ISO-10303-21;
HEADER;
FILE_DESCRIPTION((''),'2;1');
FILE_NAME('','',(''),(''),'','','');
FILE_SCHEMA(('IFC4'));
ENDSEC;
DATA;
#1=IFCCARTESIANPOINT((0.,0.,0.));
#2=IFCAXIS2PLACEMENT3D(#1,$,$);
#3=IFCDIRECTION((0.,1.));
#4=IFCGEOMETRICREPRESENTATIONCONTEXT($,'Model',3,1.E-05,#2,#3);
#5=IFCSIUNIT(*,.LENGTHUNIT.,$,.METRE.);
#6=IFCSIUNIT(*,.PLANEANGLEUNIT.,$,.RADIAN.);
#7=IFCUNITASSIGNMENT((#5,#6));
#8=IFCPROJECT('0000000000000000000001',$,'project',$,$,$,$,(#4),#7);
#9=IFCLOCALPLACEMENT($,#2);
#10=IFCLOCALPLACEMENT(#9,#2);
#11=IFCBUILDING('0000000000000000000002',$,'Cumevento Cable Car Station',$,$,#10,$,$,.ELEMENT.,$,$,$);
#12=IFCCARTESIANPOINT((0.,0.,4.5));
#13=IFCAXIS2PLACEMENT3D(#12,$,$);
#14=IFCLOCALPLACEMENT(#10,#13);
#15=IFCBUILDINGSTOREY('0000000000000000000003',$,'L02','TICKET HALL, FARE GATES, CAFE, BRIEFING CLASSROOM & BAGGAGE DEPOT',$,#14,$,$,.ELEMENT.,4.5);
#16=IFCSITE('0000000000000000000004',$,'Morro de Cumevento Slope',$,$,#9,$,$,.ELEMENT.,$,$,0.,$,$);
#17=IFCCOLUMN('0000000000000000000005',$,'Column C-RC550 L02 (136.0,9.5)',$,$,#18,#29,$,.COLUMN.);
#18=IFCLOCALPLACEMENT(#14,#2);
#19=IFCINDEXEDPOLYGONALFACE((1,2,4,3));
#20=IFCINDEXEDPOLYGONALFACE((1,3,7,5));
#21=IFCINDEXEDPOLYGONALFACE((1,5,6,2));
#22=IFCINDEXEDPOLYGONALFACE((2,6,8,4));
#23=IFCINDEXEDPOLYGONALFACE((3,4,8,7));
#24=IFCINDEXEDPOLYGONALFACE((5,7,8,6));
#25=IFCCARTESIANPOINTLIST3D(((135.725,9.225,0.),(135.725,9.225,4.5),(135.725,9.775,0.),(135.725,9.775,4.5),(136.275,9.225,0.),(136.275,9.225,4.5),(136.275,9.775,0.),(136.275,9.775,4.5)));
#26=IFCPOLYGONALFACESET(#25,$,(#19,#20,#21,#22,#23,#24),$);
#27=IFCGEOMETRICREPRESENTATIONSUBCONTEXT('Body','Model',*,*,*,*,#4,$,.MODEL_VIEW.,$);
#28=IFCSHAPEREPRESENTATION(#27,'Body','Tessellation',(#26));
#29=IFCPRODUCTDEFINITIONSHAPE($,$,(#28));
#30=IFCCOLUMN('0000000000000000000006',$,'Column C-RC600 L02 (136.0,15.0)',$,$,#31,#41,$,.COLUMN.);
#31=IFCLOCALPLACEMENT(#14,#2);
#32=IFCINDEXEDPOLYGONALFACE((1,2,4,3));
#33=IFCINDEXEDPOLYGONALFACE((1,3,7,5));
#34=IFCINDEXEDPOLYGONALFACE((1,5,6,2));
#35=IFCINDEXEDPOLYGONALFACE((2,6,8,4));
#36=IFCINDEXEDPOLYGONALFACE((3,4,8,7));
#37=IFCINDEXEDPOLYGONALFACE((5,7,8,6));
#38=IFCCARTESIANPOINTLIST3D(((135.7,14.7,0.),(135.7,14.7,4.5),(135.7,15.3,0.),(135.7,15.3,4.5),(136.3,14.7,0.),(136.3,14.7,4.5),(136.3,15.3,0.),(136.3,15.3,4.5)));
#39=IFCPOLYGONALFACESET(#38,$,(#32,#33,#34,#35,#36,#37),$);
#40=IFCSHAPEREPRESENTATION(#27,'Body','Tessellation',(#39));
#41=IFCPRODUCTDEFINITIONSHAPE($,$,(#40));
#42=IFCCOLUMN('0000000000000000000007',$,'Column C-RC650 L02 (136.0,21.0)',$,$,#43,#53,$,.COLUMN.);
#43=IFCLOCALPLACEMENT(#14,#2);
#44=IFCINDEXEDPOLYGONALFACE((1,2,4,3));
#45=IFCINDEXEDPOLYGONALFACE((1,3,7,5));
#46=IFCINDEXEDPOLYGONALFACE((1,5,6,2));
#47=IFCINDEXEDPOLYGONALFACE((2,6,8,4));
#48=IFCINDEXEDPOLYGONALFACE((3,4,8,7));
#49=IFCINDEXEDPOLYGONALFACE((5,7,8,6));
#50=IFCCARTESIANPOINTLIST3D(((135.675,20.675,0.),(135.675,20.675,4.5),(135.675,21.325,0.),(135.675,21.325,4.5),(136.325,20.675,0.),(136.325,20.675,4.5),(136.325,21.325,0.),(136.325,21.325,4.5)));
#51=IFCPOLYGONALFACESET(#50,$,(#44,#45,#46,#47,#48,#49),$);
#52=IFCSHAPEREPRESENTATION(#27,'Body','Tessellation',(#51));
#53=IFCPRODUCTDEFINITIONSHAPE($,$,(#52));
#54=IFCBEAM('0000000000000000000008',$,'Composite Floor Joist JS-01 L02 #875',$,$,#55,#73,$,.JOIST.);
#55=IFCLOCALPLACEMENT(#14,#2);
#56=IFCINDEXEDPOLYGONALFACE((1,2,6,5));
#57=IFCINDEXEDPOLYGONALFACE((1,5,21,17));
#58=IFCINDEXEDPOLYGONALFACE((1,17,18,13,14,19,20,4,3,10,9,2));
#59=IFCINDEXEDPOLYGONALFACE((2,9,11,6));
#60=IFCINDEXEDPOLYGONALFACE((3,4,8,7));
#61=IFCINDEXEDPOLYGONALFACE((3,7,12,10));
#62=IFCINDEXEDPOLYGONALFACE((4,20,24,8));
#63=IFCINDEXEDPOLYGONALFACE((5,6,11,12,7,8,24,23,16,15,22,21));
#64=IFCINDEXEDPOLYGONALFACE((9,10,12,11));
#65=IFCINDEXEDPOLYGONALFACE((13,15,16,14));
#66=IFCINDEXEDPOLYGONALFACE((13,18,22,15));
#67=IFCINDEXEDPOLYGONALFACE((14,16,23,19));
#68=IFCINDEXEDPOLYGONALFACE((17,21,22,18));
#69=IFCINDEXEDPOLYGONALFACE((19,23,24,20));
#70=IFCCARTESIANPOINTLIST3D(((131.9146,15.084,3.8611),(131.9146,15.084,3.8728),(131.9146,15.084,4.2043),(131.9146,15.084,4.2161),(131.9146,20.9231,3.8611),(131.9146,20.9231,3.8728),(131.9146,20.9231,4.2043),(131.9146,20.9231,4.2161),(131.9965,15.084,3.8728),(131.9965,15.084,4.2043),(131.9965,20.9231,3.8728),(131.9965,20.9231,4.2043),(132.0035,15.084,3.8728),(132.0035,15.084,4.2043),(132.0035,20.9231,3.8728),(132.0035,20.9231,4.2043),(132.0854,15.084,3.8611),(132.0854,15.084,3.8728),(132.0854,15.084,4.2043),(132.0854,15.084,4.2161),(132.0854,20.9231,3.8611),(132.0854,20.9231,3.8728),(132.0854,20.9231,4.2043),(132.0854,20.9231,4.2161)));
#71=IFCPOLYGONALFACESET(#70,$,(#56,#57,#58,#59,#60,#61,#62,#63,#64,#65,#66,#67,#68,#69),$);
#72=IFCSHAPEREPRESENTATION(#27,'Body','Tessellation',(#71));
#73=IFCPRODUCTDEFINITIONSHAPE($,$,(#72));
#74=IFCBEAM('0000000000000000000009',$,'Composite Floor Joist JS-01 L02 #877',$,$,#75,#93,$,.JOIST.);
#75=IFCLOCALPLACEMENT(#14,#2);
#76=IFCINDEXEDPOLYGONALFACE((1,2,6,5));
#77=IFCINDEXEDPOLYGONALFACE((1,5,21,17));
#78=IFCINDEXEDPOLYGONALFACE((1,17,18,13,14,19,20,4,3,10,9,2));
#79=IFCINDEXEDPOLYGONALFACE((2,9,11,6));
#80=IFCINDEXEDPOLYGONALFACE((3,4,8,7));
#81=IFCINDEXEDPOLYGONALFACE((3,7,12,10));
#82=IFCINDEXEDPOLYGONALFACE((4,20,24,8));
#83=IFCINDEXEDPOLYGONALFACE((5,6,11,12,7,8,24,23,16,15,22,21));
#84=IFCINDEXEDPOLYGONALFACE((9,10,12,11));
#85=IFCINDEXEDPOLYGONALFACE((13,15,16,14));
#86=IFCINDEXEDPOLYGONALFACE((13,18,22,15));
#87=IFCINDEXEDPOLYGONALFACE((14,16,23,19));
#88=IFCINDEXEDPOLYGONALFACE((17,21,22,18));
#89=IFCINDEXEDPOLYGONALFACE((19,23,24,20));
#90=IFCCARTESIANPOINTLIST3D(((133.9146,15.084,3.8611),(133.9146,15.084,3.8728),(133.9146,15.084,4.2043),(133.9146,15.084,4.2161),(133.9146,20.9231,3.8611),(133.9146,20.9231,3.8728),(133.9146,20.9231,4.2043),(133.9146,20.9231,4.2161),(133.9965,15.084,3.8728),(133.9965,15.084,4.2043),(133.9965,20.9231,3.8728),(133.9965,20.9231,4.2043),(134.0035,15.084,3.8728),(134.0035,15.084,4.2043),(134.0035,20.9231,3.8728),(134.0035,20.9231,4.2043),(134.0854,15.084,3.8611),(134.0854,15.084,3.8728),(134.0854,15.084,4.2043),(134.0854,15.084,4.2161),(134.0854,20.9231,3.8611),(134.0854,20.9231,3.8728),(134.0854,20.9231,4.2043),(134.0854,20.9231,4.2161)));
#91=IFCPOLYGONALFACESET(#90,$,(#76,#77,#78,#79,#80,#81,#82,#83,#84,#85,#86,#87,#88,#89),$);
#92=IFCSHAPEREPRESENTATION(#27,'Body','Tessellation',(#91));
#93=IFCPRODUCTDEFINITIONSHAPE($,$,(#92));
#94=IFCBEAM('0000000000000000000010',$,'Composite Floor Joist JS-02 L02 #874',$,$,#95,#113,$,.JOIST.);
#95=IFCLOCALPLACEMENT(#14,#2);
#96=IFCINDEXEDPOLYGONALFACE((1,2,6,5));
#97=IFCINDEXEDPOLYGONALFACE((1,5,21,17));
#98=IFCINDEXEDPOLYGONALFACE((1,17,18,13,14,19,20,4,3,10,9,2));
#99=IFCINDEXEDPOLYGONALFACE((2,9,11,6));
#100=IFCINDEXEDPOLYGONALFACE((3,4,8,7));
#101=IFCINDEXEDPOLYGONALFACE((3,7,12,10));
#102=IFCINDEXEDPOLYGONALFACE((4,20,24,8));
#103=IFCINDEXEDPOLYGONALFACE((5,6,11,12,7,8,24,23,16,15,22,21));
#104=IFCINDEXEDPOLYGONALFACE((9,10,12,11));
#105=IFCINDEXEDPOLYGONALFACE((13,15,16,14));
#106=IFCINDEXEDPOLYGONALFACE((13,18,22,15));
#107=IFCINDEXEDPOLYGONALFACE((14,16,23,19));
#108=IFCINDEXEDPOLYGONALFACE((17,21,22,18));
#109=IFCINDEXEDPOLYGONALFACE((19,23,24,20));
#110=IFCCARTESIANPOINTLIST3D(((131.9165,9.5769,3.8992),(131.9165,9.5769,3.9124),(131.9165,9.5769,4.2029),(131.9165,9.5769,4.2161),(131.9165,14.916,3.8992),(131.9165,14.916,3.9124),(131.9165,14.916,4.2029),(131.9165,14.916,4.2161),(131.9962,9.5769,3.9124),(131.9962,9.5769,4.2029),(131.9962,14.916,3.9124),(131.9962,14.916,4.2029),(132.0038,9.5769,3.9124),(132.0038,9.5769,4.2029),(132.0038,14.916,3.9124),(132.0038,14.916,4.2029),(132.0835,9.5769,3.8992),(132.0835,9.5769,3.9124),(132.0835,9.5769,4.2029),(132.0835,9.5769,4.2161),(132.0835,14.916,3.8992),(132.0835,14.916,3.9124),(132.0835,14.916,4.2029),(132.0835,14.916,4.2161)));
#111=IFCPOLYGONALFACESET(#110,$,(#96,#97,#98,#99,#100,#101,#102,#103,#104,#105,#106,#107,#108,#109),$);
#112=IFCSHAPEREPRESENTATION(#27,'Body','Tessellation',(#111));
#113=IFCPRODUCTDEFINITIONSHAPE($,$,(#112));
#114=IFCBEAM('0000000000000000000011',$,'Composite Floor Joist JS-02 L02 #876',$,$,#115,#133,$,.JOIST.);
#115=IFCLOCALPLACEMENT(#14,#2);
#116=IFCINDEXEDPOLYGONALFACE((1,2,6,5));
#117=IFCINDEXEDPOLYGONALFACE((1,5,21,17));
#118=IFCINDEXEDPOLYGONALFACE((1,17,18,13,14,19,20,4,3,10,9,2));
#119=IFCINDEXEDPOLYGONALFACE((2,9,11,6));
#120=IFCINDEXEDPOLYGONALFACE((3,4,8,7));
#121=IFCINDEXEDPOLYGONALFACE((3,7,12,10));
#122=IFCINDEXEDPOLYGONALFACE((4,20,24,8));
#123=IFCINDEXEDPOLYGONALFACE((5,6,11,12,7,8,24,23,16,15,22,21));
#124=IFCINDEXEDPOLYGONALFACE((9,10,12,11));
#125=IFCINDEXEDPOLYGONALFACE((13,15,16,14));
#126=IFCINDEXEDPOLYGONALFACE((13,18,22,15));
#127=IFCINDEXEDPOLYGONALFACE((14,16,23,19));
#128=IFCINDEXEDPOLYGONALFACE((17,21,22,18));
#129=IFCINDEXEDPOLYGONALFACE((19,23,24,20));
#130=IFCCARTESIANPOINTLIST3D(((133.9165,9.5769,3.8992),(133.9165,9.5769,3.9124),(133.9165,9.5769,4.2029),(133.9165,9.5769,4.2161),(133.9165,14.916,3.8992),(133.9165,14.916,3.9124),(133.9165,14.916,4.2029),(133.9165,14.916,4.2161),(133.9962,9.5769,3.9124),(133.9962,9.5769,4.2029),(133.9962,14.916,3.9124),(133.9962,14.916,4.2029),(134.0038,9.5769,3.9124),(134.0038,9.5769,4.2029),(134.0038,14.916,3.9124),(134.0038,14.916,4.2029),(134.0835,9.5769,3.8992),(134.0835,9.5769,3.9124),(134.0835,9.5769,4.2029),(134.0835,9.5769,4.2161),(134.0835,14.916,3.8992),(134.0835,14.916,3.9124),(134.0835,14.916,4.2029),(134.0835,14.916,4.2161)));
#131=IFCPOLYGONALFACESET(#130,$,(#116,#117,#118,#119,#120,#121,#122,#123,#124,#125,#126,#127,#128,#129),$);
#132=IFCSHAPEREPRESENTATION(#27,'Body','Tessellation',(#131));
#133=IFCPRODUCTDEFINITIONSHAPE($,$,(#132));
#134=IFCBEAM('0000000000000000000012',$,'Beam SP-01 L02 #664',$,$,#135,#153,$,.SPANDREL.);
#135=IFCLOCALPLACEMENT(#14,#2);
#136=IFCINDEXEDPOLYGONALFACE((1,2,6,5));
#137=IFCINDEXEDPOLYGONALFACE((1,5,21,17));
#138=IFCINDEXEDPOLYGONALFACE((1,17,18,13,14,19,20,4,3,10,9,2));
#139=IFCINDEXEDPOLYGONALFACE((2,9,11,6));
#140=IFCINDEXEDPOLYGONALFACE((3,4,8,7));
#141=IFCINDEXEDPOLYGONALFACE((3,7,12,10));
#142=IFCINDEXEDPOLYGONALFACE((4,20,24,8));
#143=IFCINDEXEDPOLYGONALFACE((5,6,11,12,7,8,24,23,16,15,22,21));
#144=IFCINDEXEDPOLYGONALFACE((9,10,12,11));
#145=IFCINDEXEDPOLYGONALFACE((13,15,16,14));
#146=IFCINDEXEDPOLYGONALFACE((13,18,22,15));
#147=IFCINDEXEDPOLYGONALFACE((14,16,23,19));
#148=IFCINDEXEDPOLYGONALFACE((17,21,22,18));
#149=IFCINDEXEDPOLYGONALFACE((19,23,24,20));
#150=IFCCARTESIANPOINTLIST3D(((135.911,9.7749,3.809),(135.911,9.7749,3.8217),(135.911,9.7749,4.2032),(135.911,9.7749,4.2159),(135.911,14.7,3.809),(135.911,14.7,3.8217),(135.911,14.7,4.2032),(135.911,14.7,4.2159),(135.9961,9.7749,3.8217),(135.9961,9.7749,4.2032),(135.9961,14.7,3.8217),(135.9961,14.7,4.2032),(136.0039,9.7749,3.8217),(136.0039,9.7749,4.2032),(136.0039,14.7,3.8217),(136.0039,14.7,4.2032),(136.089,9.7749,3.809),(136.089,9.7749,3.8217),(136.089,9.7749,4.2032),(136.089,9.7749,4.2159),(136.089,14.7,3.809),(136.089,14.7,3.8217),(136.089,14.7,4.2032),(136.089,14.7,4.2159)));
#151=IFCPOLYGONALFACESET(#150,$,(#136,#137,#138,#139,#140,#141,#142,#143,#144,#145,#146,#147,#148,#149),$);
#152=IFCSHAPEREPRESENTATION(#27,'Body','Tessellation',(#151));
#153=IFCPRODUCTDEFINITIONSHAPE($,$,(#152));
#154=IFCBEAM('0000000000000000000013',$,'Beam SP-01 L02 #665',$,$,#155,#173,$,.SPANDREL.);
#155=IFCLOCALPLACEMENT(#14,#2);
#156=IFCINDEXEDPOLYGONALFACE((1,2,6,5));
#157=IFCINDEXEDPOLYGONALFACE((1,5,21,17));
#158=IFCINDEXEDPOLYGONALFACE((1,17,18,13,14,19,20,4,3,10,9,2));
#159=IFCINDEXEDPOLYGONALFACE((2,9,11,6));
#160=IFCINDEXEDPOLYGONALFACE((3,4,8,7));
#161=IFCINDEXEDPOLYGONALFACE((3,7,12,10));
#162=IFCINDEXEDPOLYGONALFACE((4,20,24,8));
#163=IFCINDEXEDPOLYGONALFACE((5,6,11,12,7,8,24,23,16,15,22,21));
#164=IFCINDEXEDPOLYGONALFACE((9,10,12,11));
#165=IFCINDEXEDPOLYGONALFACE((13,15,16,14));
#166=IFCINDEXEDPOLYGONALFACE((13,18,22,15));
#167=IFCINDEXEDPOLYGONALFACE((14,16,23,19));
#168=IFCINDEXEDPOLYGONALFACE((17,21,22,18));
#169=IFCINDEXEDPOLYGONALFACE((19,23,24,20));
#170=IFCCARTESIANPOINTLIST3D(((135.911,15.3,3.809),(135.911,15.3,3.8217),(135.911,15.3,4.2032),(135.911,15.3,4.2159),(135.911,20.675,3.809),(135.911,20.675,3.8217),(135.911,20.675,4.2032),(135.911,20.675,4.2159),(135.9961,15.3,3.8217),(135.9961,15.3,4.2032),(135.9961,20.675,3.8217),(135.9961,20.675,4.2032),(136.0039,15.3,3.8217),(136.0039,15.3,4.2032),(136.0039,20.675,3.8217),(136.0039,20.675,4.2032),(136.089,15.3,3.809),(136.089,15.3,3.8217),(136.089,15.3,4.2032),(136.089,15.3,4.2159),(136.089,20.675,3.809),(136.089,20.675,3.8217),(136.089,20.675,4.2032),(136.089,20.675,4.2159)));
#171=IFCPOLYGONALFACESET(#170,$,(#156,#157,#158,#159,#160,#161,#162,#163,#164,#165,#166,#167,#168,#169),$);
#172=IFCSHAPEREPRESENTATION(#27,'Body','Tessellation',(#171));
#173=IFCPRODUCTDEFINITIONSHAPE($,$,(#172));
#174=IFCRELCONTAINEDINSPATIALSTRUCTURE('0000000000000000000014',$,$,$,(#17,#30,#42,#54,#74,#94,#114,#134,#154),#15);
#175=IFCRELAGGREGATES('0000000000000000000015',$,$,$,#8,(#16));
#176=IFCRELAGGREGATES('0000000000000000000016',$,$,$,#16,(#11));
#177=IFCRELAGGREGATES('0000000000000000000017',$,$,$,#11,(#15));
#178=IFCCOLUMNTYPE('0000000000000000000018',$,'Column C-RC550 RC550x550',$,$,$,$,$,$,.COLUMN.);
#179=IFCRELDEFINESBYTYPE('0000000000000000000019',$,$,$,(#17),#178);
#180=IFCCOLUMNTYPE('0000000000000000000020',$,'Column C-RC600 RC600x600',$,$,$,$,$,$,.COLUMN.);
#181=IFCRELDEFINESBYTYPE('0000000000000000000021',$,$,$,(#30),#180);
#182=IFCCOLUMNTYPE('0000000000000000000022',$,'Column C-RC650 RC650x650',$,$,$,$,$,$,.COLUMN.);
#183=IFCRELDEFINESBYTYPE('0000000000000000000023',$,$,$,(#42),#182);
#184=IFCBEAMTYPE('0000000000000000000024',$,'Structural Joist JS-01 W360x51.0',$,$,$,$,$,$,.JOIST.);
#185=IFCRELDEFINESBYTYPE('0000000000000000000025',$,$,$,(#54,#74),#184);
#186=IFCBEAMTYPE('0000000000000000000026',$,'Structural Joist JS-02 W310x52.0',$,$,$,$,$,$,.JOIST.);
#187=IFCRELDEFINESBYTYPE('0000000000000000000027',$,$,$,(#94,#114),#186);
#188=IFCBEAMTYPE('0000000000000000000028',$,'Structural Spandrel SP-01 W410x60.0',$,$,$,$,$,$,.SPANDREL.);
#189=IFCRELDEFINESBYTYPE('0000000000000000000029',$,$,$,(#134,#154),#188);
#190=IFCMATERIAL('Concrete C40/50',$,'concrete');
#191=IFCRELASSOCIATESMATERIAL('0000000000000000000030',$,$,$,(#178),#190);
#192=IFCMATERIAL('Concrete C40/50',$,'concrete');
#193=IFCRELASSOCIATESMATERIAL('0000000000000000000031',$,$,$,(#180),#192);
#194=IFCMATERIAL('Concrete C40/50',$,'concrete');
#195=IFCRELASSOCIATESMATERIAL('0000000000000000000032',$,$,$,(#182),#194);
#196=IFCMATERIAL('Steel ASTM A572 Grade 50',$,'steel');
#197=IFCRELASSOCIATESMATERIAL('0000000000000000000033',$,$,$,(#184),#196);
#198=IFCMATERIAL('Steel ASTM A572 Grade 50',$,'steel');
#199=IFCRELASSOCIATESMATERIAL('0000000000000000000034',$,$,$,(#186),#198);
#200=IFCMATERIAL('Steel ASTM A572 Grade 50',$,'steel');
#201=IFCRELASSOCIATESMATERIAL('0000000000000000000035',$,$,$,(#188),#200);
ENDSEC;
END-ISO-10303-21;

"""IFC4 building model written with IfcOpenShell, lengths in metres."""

from ifc_helpers import new_model, si_unit, direction, frame, origin, origin_2d, place, context, subcontext, project, spatial, rectangle, i_section, extrude, material, material_profile, profile_set, type_object, element, save


model = new_model("IFC4")

# Units and contexts
model_context = context("Model", 3, precision=1e-05, world=origin(), true_north=direction((0.0, 1.0)))
body_context = subcontext(model_context, "Body", "Model", "MODEL_VIEW")
ifc_project = project(units=[si_unit("LENGTHUNIT", "METRE"), si_unit("PLANEANGLEUNIT", "RADIAN")], contexts=[model_context])

# Site, building, storey
site_placement = place(None, origin())
site = spatial("IfcSite", under=ifc_project, at=site_placement, Name="Morro de Cumevento Slope", CompositionType="ELEMENT", RefElevation=0.0)
building_placement = place(site_placement, origin())
building = spatial("IfcBuilding", under=site, at=building_placement, Name="Cumevento Cable Car Station", CompositionType="ELEMENT")
storey_placement = place(building_placement, frame((0.0, 0.0, 4.5)))
storey = spatial("IfcBuildingStorey", under=building, at=storey_placement, Name="L02", Description="TICKET HALL, FARE GATES, CAFE, BRIEFING CLASSROOM & BAGGAGE DEPOT", CompositionType="ELEMENT", Elevation=4.5)

# Columns
ifc_material_1 = material(Name="Concrete C40/50", Category="concrete")
ifc_material_profile_1 = material_profile(ifc_material_1, rectangle(XDim=0.55, YDim=0.55, at=origin_2d()), Name="RC550x550")
ifc_profile_set_1 = profile_set([ifc_material_profile_1], Name="Concrete C40/50")
column_type_1 = type_object("IfcColumnType", Name="Column C-RC550 RC550x550", PredefinedType="COLUMN", material=ifc_profile_set_1)
column_1_placement = place(storey_placement, frame((136.0, 9.5, 0.0), z_axis=(0.0, 0.0, 1.0), x_axis=(1.0, 0.0, 0.0)))
element("IfcColumn", 1, at=column_1_placement, inside=storey, type_object=column_type_1, Name="Column C-RC550 L02 (136.0,9.5)", PredefinedType="COLUMN", context=body_context, shape_type="SweptSolid", body=[
    extrude(rectangle(XDim=0.55, YDim=0.55, at=origin_2d()), origin(), (0.0, 0.0, 1.0), 4.5),
])
ifc_material_2 = material(Name="Concrete C40/50", Category="concrete")
ifc_material_profile_2 = material_profile(ifc_material_2, rectangle(XDim=0.6001, YDim=0.6001, at=origin_2d()), Name="RC600x600")
ifc_profile_set_2 = profile_set([ifc_material_profile_2], Name="Concrete C40/50")
column_type_2 = type_object("IfcColumnType", Name="Column C-RC600 RC600x600", PredefinedType="COLUMN", material=ifc_profile_set_2)
column_2_placement = place(storey_placement, frame((136.0, 15.0, 0.0), z_axis=(0.0, 0.0, 1.0), x_axis=(1.0, 0.0, 0.0)))
element("IfcColumn", 2, at=column_2_placement, inside=storey, type_object=column_type_2, Name="Column C-RC600 L02 (136.0,15.0)", PredefinedType="COLUMN", context=body_context, shape_type="SweptSolid", body=[
    extrude(rectangle(XDim=0.6001, YDim=0.6001, at=origin_2d()), origin(), (0.0, 0.0, 1.0), 4.5),
])
ifc_material_3 = material(Name="Concrete C40/50", Category="concrete")
ifc_material_profile_3 = material_profile(ifc_material_3, rectangle(XDim=0.6499, YDim=0.6499, at=origin_2d()), Name="RC650x650")
ifc_profile_set_3 = profile_set([ifc_material_profile_3], Name="Concrete C40/50")
column_type_3 = type_object("IfcColumnType", Name="Column C-RC650 RC650x650", PredefinedType="COLUMN", material=ifc_profile_set_3)
column_3_placement = place(storey_placement, frame((136.0, 21.0, 0.0), z_axis=(0.0, 0.0, 1.0), x_axis=(1.0, 0.0, 0.0)))
element("IfcColumn", 3, at=column_3_placement, inside=storey, type_object=column_type_3, Name="Column C-RC650 L02 (136.0,21.0)", PredefinedType="COLUMN", context=body_context, shape_type="SweptSolid", body=[
    extrude(rectangle(XDim=0.6499, YDim=0.6499, at=origin_2d()), origin(), (0.0, 0.0, 1.0), 4.5),
])

# Beams
ifc_material_4 = material(Name="Steel ASTM A572 Grade 50", Category="steel")
ifc_material_profile_4 = material_profile(ifc_material_4, i_section(OverallWidth=0.1709, OverallDepth=0.355, WebThickness=0.0071, FlangeThickness=0.0117, at=origin_2d()), Name="W360x51.0")
ifc_profile_set_4 = profile_set([ifc_material_profile_4], Name="Steel ASTM A572 Grade 50")
beam_type_1 = type_object("IfcBeamType", Name="Structural Joist JS-01 W360x51.0", PredefinedType="JOIST", material=ifc_profile_set_4)
for number, where, z_axis, x_axis, name in (
    (4, (132.0, 15.084, 4.0386), (0.0, 1.0, 0.0), (-1.0, 0.0, 0.0), "Composite Floor Joist JS-01 L02 #875"),
    (5, (134.0, 15.084, 4.0386), (0.0, 1.0, 0.0), (-1.0, 0.0, 0.0), "Composite Floor Joist JS-01 L02 #877"),
):
    element("IfcBeam", number, at=place(storey_placement, frame(where, z_axis=z_axis, x_axis=x_axis)), inside=storey, type_object=beam_type_1, Name=name, PredefinedType="JOIST", context=body_context, shape_type="SweptSolid", body=[
        extrude(i_section(OverallWidth=0.1709, OverallDepth=0.355, WebThickness=0.0071, FlangeThickness=0.0117, at=origin_2d()), origin(), (0.0, 0.0, 1.0), 5.8391),
    ])
ifc_material_5 = material(Name="Steel ASTM A572 Grade 50", Category="steel")
ifc_material_profile_5 = material_profile(ifc_material_5, i_section(OverallWidth=0.167, OverallDepth=0.3169, WebThickness=0.0076, FlangeThickness=0.0132, at=origin_2d()), Name="W310x52.0")
ifc_profile_set_5 = profile_set([ifc_material_profile_5], Name="Steel ASTM A572 Grade 50")
beam_type_2 = type_object("IfcBeamType", Name="Structural Joist JS-02 W310x52.0", PredefinedType="JOIST", material=ifc_profile_set_5)
for number, where, z_axis, x_axis, name in (
    (6, (132.0, 9.5769, 4.0576), (0.0, 1.0, 0.0), (-1.0, 0.0, 0.0), "Composite Floor Joist JS-02 L02 #874"),
    (7, (134.0, 9.5769, 4.0576), (0.0, 1.0, 0.0), (-1.0, 0.0, 0.0), "Composite Floor Joist JS-02 L02 #876"),
):
    element("IfcBeam", number, at=place(storey_placement, frame(where, z_axis=z_axis, x_axis=x_axis)), inside=storey, type_object=beam_type_2, Name=name, PredefinedType="JOIST", context=body_context, shape_type="SweptSolid", body=[
        extrude(i_section(OverallWidth=0.167, OverallDepth=0.3169, WebThickness=0.0076, FlangeThickness=0.0132, at=origin_2d()), origin(), (0.0, 0.0, 1.0), 5.3391),
    ])
ifc_material_6 = material(Name="Steel ASTM A572 Grade 50", Category="steel")
ifc_material_profile_6 = material_profile(ifc_material_6, i_section(OverallWidth=0.178, OverallDepth=0.407, WebThickness=0.0078, FlangeThickness=0.0127, at=origin_2d()), Name="W410x60.0")
ifc_profile_set_6 = profile_set([ifc_material_profile_6], Name="Steel ASTM A572 Grade 50")
beam_type_3 = type_object("IfcBeamType", Name="Structural Spandrel SP-01 W410x60.0", PredefinedType="SPANDREL", material=ifc_profile_set_6)
beam_1_placement = place(storey_placement, frame((136.0, 9.7749, 4.0125), z_axis=(0.0, 1.0, 0.0), x_axis=(-1.0, 0.0, 0.0)))
element("IfcBeam", 8, at=beam_1_placement, inside=storey, type_object=beam_type_3, Name="Beam SP-01 L02 #664", PredefinedType="SPANDREL", context=body_context, shape_type="SweptSolid", body=[
    extrude(i_section(OverallWidth=0.178, OverallDepth=0.407, WebThickness=0.0078, FlangeThickness=0.0127, at=origin_2d()), origin(), (0.0, 0.0, 1.0), 4.925),
])
beam_2_placement = place(storey_placement, frame((136.0, 15.3, 4.0125), z_axis=(0.0, 1.0, 0.0), x_axis=(-1.0, 0.0, 0.0)))
element("IfcBeam", 9, at=beam_2_placement, inside=storey, type_object=beam_type_3, Name="Beam SP-01 L02 #665", PredefinedType="SPANDREL", context=body_context, shape_type="SweptSolid", body=[
    extrude(i_section(OverallWidth=0.178, OverallDepth=0.407, WebThickness=0.0078, FlangeThickness=0.0127, at=origin_2d()), origin(), (0.0, 0.0, 1.0), 5.375),
])

save(model, "model.ifc")
